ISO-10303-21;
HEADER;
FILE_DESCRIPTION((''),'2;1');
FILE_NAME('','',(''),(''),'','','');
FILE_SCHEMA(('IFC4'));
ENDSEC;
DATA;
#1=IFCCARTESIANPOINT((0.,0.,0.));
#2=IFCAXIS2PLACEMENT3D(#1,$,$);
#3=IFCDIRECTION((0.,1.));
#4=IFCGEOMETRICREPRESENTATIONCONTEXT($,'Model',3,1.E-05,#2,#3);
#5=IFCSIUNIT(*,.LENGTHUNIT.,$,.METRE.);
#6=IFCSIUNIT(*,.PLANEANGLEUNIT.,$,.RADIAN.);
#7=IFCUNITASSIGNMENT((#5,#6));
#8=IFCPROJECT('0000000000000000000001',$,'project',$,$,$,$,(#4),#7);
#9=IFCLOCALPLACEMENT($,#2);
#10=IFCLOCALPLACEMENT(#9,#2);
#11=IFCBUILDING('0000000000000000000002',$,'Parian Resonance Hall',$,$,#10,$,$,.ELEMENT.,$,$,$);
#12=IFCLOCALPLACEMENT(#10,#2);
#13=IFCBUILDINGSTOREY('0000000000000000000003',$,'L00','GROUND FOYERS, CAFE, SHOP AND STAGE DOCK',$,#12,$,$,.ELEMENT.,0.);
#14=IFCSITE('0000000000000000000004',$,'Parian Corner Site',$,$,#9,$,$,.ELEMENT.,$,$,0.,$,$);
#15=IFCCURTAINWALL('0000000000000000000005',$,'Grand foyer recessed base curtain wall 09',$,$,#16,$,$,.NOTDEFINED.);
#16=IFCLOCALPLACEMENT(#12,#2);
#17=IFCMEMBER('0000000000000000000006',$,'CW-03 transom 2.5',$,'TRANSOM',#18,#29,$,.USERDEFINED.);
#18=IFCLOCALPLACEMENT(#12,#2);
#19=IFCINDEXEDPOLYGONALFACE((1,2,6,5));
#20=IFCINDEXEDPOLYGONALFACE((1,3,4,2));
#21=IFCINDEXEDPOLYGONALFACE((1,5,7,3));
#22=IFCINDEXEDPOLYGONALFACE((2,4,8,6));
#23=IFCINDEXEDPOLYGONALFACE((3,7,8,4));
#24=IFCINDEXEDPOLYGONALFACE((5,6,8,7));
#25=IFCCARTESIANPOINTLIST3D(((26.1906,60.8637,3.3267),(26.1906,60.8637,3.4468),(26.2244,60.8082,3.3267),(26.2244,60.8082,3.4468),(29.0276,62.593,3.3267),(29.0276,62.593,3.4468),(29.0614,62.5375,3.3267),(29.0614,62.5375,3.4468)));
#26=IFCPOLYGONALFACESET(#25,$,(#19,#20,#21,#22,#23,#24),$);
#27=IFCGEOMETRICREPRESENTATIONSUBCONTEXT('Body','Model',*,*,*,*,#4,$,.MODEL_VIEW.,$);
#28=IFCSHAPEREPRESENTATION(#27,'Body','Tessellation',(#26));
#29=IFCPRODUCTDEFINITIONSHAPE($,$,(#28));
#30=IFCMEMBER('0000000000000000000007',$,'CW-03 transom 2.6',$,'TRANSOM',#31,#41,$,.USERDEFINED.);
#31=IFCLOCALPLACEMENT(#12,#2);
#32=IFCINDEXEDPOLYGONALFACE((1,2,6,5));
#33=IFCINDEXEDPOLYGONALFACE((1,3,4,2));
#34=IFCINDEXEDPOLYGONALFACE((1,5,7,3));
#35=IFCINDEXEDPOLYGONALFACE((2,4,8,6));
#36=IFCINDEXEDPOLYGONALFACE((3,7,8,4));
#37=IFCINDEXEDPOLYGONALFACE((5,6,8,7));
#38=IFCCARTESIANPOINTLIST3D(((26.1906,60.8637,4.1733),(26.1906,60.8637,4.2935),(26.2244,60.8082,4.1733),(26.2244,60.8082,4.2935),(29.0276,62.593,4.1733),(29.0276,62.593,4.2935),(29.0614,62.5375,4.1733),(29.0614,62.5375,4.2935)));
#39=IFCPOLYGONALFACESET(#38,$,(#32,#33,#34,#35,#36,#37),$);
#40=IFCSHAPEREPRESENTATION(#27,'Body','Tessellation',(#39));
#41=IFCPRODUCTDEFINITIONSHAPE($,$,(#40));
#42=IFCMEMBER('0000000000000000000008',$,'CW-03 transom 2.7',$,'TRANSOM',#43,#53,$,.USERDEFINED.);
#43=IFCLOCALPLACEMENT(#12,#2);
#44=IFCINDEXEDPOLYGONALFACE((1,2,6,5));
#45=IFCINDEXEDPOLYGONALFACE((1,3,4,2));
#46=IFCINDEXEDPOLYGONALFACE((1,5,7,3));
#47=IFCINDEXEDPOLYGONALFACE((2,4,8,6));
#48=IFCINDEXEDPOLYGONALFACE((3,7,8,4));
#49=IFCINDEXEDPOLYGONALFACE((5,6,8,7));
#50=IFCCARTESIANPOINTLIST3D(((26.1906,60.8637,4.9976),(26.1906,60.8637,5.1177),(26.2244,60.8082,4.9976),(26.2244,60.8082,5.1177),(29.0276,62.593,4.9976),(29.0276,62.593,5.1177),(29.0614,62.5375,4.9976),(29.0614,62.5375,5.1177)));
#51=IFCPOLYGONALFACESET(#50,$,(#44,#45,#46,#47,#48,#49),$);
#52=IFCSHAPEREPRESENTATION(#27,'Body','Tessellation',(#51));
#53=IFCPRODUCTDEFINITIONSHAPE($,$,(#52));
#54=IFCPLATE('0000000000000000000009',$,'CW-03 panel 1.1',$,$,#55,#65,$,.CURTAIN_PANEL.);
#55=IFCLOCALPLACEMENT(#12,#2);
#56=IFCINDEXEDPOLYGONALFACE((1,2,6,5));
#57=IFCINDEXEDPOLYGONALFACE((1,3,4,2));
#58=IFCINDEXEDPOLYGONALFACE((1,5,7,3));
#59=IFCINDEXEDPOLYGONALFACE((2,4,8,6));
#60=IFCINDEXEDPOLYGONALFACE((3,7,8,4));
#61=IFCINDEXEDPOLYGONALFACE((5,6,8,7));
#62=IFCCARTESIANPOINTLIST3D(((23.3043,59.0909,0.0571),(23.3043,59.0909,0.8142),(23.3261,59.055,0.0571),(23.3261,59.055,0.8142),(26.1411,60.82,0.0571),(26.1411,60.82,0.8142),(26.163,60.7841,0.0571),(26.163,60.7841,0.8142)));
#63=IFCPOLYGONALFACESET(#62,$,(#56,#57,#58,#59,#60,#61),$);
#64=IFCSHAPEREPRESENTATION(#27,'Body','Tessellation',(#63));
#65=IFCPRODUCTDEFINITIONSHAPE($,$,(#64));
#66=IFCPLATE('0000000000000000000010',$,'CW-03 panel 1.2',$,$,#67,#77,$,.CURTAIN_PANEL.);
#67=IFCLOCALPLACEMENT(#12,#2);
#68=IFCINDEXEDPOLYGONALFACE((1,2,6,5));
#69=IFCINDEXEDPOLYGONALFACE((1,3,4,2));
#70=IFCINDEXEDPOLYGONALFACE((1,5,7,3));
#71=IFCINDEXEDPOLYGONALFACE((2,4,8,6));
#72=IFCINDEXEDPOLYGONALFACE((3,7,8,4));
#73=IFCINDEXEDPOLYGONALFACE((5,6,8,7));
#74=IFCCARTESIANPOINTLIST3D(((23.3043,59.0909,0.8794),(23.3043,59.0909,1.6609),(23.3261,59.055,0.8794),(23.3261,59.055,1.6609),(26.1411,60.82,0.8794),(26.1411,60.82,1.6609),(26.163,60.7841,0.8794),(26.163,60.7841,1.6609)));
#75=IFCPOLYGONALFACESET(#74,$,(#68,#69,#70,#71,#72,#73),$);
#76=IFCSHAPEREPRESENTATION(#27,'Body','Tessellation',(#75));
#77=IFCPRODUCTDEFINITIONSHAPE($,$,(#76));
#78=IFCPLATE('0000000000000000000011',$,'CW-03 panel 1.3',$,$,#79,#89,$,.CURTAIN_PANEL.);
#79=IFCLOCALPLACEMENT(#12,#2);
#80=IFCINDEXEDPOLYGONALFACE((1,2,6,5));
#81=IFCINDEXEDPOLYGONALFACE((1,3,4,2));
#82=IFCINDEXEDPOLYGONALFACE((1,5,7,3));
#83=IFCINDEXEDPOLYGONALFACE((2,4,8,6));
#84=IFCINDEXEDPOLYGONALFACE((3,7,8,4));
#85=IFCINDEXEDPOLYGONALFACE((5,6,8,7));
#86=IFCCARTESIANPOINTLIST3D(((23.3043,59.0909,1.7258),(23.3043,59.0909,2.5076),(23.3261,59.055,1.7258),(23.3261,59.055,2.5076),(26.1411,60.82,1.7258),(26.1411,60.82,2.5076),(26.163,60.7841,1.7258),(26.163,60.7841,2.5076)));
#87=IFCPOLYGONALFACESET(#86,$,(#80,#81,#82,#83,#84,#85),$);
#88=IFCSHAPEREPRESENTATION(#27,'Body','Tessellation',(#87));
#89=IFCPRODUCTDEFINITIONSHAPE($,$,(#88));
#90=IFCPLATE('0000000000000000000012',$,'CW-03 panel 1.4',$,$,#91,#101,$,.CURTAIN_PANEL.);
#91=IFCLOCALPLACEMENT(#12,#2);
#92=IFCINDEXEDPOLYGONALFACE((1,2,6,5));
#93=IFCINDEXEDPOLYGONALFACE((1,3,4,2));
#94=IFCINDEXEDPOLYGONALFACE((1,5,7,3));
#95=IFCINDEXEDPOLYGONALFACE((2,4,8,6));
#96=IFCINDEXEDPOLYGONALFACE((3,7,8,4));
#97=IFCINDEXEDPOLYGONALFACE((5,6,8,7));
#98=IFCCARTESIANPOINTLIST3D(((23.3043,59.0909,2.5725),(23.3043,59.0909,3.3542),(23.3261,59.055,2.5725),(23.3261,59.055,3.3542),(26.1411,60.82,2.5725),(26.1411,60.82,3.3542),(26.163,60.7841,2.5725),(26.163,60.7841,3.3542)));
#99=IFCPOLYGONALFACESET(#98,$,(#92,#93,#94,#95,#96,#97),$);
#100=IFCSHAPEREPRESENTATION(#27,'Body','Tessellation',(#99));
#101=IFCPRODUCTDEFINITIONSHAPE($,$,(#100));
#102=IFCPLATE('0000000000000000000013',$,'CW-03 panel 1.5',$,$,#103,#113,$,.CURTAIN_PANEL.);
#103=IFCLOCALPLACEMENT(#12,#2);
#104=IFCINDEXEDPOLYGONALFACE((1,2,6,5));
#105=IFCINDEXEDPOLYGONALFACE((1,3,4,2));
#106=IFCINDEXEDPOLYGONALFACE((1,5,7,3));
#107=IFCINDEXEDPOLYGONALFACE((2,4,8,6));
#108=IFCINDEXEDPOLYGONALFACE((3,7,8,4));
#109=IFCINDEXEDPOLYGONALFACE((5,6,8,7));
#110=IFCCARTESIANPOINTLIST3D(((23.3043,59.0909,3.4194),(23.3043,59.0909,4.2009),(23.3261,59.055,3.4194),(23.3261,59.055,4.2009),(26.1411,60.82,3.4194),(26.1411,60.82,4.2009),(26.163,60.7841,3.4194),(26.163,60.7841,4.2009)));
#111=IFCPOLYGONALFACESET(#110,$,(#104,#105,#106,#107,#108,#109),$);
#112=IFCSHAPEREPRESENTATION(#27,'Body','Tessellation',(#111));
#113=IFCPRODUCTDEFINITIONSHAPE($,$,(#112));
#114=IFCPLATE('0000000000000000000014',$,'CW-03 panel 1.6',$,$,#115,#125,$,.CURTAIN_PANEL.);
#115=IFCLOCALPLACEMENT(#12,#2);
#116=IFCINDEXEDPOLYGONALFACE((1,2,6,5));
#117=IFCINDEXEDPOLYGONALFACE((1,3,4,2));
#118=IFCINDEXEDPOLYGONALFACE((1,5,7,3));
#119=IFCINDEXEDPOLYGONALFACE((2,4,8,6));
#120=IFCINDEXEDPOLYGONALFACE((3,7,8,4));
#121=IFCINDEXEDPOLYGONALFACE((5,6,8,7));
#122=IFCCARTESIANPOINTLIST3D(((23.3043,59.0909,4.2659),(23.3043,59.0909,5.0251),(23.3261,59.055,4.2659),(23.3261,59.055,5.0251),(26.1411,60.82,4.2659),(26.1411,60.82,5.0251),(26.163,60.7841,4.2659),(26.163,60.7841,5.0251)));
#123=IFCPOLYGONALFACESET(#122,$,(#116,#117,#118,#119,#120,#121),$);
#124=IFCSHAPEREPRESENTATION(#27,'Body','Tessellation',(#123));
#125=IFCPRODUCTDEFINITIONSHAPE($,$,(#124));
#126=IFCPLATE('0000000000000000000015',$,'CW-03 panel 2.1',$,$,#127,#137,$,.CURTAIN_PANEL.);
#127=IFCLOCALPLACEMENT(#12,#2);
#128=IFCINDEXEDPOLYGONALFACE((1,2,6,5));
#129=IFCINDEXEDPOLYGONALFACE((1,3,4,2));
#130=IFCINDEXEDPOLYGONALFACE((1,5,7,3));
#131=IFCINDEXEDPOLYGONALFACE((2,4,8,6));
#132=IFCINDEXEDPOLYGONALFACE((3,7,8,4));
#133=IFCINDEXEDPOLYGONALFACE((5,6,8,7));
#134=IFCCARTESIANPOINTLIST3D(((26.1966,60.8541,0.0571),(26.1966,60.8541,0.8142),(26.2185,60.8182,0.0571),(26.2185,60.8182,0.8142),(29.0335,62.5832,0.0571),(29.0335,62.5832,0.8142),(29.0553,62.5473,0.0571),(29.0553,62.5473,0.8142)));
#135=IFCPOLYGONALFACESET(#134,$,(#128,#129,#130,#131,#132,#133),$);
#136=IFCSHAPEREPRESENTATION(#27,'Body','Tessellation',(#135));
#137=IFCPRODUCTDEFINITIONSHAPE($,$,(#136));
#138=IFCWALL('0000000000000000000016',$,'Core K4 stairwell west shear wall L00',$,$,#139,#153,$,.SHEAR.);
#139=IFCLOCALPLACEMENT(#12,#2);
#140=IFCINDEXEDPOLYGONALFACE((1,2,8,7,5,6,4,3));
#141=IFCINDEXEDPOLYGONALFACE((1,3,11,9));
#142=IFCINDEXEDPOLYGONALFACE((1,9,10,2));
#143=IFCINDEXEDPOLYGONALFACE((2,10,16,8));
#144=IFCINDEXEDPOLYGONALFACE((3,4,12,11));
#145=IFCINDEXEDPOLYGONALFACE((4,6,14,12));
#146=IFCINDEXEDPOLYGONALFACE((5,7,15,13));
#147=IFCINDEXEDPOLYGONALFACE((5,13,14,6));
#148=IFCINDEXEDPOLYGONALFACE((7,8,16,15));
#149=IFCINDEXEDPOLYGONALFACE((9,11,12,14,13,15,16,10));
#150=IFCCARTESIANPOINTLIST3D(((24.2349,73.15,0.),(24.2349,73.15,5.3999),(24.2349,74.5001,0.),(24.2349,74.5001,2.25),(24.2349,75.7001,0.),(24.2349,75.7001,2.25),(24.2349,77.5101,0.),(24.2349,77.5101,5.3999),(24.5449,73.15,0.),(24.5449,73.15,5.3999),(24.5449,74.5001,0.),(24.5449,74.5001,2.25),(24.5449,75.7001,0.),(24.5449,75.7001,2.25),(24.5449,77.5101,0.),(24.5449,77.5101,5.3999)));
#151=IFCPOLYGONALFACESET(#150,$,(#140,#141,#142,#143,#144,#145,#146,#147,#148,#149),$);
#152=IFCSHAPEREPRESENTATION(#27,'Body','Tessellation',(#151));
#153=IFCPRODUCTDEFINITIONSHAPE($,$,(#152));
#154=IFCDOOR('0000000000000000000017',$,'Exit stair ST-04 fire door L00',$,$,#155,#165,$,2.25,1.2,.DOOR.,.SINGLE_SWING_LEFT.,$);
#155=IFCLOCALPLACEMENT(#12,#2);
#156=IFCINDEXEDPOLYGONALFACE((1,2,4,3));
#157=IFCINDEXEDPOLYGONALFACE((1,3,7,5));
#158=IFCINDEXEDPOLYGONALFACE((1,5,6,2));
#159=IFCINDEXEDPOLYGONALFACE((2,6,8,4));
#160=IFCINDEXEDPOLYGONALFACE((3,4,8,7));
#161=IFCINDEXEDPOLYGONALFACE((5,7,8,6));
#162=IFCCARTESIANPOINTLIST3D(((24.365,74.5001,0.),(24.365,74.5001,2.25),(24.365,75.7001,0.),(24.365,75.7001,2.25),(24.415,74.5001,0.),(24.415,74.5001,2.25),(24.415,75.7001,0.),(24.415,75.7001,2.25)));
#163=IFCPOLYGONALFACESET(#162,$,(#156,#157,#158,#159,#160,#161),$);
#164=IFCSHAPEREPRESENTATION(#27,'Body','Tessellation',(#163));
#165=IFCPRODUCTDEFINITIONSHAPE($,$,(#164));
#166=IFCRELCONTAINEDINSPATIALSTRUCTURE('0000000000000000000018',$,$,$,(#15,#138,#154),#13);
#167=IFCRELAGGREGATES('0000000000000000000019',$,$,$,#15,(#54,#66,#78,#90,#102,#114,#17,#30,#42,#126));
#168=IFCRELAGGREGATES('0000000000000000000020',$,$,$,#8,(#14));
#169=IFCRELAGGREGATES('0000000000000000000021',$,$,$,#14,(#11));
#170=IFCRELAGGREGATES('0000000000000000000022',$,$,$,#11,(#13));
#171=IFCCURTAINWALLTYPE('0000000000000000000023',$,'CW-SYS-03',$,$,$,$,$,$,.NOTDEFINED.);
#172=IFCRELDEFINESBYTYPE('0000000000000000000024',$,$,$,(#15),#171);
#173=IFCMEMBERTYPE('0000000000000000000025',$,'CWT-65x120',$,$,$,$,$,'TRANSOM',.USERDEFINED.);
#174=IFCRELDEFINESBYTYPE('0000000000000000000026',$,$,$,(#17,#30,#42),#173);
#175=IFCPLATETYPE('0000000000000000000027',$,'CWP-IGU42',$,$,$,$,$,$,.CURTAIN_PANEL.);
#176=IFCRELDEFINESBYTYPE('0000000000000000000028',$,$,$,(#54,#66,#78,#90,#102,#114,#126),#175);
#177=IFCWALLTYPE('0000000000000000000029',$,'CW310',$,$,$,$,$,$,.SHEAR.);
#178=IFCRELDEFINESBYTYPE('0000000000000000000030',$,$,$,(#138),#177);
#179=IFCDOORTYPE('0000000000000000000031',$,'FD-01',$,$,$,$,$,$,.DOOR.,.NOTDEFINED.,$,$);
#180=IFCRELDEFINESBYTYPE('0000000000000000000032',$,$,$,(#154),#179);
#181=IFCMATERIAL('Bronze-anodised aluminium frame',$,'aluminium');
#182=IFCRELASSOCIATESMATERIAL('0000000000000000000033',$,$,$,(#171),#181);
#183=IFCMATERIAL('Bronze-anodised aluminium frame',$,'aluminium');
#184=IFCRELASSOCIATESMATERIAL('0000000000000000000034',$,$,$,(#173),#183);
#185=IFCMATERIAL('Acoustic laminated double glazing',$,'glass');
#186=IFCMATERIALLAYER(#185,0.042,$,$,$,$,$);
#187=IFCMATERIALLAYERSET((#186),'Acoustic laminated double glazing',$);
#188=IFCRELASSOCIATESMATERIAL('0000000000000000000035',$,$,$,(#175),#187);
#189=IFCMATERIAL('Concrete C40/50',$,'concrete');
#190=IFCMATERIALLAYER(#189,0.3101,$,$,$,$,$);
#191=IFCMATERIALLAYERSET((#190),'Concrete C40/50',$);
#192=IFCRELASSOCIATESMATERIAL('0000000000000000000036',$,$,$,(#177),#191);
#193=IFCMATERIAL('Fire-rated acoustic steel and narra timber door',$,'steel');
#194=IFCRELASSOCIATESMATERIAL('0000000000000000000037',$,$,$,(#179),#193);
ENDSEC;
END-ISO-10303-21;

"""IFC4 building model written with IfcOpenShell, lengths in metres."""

from ifc_helpers import new_model, si_unit, direction, frame, frame_2d, origin, origin_2d, place, context, subcontext, project, spatial, rectangle, extrude, material, layer, layer_set, material_profile, profile_set, type_object, element, fill, aggregate, save


model = new_model("IFC4")

# Units and contexts
model_context = context("Model", 3, precision=1e-05, world=origin(), true_north=direction((0.0, 1.0)))
body_context = subcontext(model_context, "Body", "Model", "MODEL_VIEW")
ifc_project = project(units=[si_unit("LENGTHUNIT", "METRE"), si_unit("PLANEANGLEUNIT", "RADIAN")], contexts=[model_context])

# Site, building, storey
site_placement = place(None, origin())
site = spatial("IfcSite", under=ifc_project, at=site_placement, Name="Parian Corner Site", CompositionType="ELEMENT", RefElevation=0.0)
building_placement = place(site_placement, origin())
building = spatial("IfcBuilding", under=site, at=building_placement, Name="Parian Resonance Hall", CompositionType="ELEMENT")
storey_placement = place(building_placement, origin())
storey = spatial("IfcBuildingStorey", under=building, at=storey_placement, Name="L00", Description="GROUND FOYERS, CAFE, SHOP AND STAGE DOCK", CompositionType="ELEMENT", Elevation=0.0)

# Curtain wall, members, plates
ifc_material_1 = material(Name="Bronze-anodised aluminium frame", Category="aluminium")
curtain_wall_type = type_object("IfcCurtainWallType", Name="CW-SYS-03", PredefinedType="NOTDEFINED", material=ifc_material_1)
curtain_wall_placement = place(storey_placement, origin())
curtain_wall = element("IfcCurtainWall", 1, at=curtain_wall_placement, inside=storey, type_object=curtain_wall_type, Name="Grand foyer recessed base curtain wall 09", PredefinedType="NOTDEFINED")
ifc_material_2 = material(Name="Bronze-anodised aluminium frame", Category="aluminium")
ifc_material_profile_1 = material_profile(ifc_material_2, rectangle(XDim=0.0649, YDim=0.1201, at=origin_2d()), Name="CWT-65x120")
ifc_profile_set_1 = profile_set([ifc_material_profile_1], Name="Bronze-anodised aluminium frame")
member_type_1 = type_object("IfcMemberType", Name="CWT-65x120", ElementType="TRANSOM", PredefinedType="USERDEFINED", material=ifc_profile_set_1)
member_1_placement = place(storey_placement, frame((26.2075, 60.8359, 3.3867), z_axis=(0.853873, 0.520481, 0.0), x_axis=(-0.520481, 0.853873, 0.0)))
member_1 = element("IfcMember", 2, at=member_1_placement, type_object=member_type_1, Name="CW-03 transom 2.5", ObjectType="TRANSOM", PredefinedType="USERDEFINED", context=body_context, shape_type="SweptSolid", body=[
    extrude(rectangle(XDim=0.0649, YDim=0.1201, at=origin_2d()), origin(), (0.0, 0.0, 1.0), 3.3225),
])
member_2_placement = place(storey_placement, frame((26.2075, 60.8359, 4.2334), z_axis=(0.853873, 0.520481, 0.0), x_axis=(-0.520481, 0.853873, 0.0)))
member_2 = element("IfcMember", 3, at=member_2_placement, type_object=member_type_1, Name="CW-03 transom 2.6", ObjectType="TRANSOM", PredefinedType="USERDEFINED", context=body_context, shape_type="SweptSolid", body=[
    extrude(rectangle(XDim=0.0649, YDim=0.1201, at=origin_2d()), origin(), (0.0, 0.0, 1.0), 3.3225),
])
member_3_placement = place(storey_placement, frame((26.2075, 60.8359, 5.0576), z_axis=(0.853873, 0.520481, 0.0), x_axis=(-0.520481, 0.853873, 0.0)))
member_3 = element("IfcMember", 4, at=member_3_placement, type_object=member_type_1, Name="CW-03 transom 2.7", ObjectType="TRANSOM", PredefinedType="USERDEFINED", context=body_context, shape_type="SweptSolid", body=[
    extrude(rectangle(XDim=0.0649, YDim=0.1201, at=origin_2d()), origin(), (0.0, 0.0, 1.0), 3.3225),
])
ifc_material_3 = material(Name="Acoustic laminated double glazing", Category="glass")
ifc_layer_1 = layer(ifc_material_3, 0.042)
ifc_layer_set_1 = layer_set([ifc_layer_1], Name="Acoustic laminated double glazing")
plate_type = type_object("IfcPlateType", Name="CWP-IGU42", PredefinedType="CURTAIN_PANEL", material=ifc_layer_set_1)
plate_1_placement = place(storey_placement, frame((24.7336, 59.9375, 0.0571), z_axis=(0.0, 0.0, 1.0), x_axis=(0.853888, 0.520456, 0.0)))
plate_1 = element("IfcPlate", 5, at=plate_1_placement, type_object=plate_type, Name="CW-03 panel 1.1", PredefinedType="CURTAIN_PANEL", context=body_context, shape_type="SweptSolid", body=[
    extrude(rectangle(XDim=3.3223, YDim=0.042, at=origin_2d()), origin(), (0.0, 0.0, 1.0), 0.7571),
])
plate_2_placement = place(storey_placement, frame((24.7336, 59.9375, 0.8794), z_axis=(0.0, 0.0, 1.0), x_axis=(0.853888, 0.520456, 0.0)))
plate_2 = element("IfcPlate", 6, at=plate_2_placement, type_object=plate_type, Name="CW-03 panel 1.2", PredefinedType="CURTAIN_PANEL", context=body_context, shape_type="SweptSolid", body=[
    extrude(rectangle(XDim=3.3223, YDim=0.042, at=origin_2d()), origin(), (0.0, 0.0, 1.0), 0.7815),
])
plate_3_placement = place(storey_placement, frame((24.7336, 59.9375, 1.7258), z_axis=(0.0, 0.0, 1.0), x_axis=(0.853888, 0.520456, 0.0)))
plate_3 = element("IfcPlate", 7, at=plate_3_placement, type_object=plate_type, Name="CW-03 panel 1.3", PredefinedType="CURTAIN_PANEL", context=body_context, shape_type="SweptSolid", body=[
    extrude(rectangle(XDim=3.3223, YDim=0.042, at=origin_2d()), origin(), (0.0, 0.0, 1.0), 0.7817),
])
plate_4_placement = place(storey_placement, frame((24.7336, 59.9375, 2.5725), z_axis=(0.0, 0.0, 1.0), x_axis=(0.853888, 0.520456, 0.0)))
plate_4 = element("IfcPlate", 8, at=plate_4_placement, type_object=plate_type, Name="CW-03 panel 1.4", PredefinedType="CURTAIN_PANEL", context=body_context, shape_type="SweptSolid", body=[
    extrude(rectangle(XDim=3.3223, YDim=0.042, at=origin_2d()), origin(), (0.0, 0.0, 1.0), 0.7817),
])
plate_5_placement = place(storey_placement, frame((24.7336, 59.9375, 3.4194), z_axis=(0.0, 0.0, 1.0), x_axis=(0.853888, 0.520456, 0.0)))
plate_5 = element("IfcPlate", 9, at=plate_5_placement, type_object=plate_type, Name="CW-03 panel 1.5", PredefinedType="CURTAIN_PANEL", context=body_context, shape_type="SweptSolid", body=[
    extrude(rectangle(XDim=3.3223, YDim=0.042, at=origin_2d()), origin(), (0.0, 0.0, 1.0), 0.7815),
])
plate_6_placement = place(storey_placement, frame((24.7336, 59.9375, 4.2659), z_axis=(0.0, 0.0, 1.0), x_axis=(0.853888, 0.520456, 0.0)))
plate_6 = element("IfcPlate", 10, at=plate_6_placement, type_object=plate_type, Name="CW-03 panel 1.6", PredefinedType="CURTAIN_PANEL", context=body_context, shape_type="SweptSolid", body=[
    extrude(rectangle(XDim=3.3223, YDim=0.042, at=origin_2d()), origin(), (0.0, 0.0, 1.0), 0.7593),
])
plate_7_placement = place(storey_placement, frame((27.626, 61.7007, 0.0571), z_axis=(0.0, 0.0, 1.0), x_axis=(0.853888, 0.520456, 0.0)))
plate_7 = element("IfcPlate", 11, at=plate_7_placement, type_object=plate_type, Name="CW-03 panel 2.1", PredefinedType="CURTAIN_PANEL", context=body_context, shape_type="SweptSolid", body=[
    extrude(rectangle(XDim=3.3223, YDim=0.042, at=origin_2d()), origin(), (0.0, 0.0, 1.0), 0.7571),
])
aggregate(curtain_wall, [plate_1, plate_2, plate_3, plate_4, plate_5, plate_6, member_1, member_2, member_3, plate_7])

# Wall, opening, door
ifc_material_4 = material(Name="Concrete C40/50", Category="concrete")
ifc_layer_2 = layer(ifc_material_4, 0.3101)
ifc_layer_set_2 = layer_set([ifc_layer_2], Name="Concrete C40/50")
wall_type = type_object("IfcWallType", Name="CW310", PredefinedType="SHEAR", material=ifc_layer_set_2)
wall_placement = place(storey_placement, frame((24.3899, 73.1499, 0.0), z_axis=(0.0, 0.0, 1.0), x_axis=(0.0, 1.0, 0.0)))
wall = element("IfcWall", 12, at=wall_placement, inside=storey, type_object=wall_type, Name="Core K4 stairwell west shear wall L00", PredefinedType="SHEAR", context=body_context, shape_type="SweptSolid", body=[
    extrude(rectangle(XDim=4.3601, YDim=0.3101, at=frame_2d((2.1802, 0.0))), origin(), (0.0, 0.0, 1.0), 5.3999),
])
opening_placement = place(wall_placement, frame((1.3501, 0.0, 0.0)))
opening = element("IfcOpeningElement", 13, at=opening_placement, cuts=wall, PredefinedType="OPENING", context=body_context, shape_type="SweptSolid", body=[
    extrude(rectangle(XDim=1.2, YDim=2.25, at=frame_2d((0.6001, 1.125))), frame((0.0, 0.165, 0.0), z_axis=(0.0, -1.0, 0.0), x_axis=(1.0, 0.0, 0.0)), (0.0, 0.0, 1.0), 0.3301),
])
ifc_material_5 = material(Name="Fire-rated acoustic steel and narra timber door", Category="steel")
door_type = type_object("IfcDoorType", Name="FD-01", OperationType="NOTDEFINED", PredefinedType="DOOR", material=ifc_material_5)
door_placement = place(opening_placement, origin())
door = element("IfcDoor", 14, at=door_placement, inside=storey, type_object=door_type, Name="Exit stair ST-04 fire door L00", OperationType="SINGLE_SWING_LEFT", OverallHeight=2.25, OverallWidth=1.2, PredefinedType="DOOR", context=body_context, shape_type="SweptSolid", body=[
    extrude(rectangle(XDim=1.2, YDim=2.25, at=frame_2d((0.6001, 1.125))), frame((0.0, 0.0249, 0.0), z_axis=(0.0, -1.0, 0.0), x_axis=(1.0, 0.0, 0.0)), (0.0, 0.0, 1.0), 0.05),
])
fill(opening, door)

save(model, "model.ifc")
